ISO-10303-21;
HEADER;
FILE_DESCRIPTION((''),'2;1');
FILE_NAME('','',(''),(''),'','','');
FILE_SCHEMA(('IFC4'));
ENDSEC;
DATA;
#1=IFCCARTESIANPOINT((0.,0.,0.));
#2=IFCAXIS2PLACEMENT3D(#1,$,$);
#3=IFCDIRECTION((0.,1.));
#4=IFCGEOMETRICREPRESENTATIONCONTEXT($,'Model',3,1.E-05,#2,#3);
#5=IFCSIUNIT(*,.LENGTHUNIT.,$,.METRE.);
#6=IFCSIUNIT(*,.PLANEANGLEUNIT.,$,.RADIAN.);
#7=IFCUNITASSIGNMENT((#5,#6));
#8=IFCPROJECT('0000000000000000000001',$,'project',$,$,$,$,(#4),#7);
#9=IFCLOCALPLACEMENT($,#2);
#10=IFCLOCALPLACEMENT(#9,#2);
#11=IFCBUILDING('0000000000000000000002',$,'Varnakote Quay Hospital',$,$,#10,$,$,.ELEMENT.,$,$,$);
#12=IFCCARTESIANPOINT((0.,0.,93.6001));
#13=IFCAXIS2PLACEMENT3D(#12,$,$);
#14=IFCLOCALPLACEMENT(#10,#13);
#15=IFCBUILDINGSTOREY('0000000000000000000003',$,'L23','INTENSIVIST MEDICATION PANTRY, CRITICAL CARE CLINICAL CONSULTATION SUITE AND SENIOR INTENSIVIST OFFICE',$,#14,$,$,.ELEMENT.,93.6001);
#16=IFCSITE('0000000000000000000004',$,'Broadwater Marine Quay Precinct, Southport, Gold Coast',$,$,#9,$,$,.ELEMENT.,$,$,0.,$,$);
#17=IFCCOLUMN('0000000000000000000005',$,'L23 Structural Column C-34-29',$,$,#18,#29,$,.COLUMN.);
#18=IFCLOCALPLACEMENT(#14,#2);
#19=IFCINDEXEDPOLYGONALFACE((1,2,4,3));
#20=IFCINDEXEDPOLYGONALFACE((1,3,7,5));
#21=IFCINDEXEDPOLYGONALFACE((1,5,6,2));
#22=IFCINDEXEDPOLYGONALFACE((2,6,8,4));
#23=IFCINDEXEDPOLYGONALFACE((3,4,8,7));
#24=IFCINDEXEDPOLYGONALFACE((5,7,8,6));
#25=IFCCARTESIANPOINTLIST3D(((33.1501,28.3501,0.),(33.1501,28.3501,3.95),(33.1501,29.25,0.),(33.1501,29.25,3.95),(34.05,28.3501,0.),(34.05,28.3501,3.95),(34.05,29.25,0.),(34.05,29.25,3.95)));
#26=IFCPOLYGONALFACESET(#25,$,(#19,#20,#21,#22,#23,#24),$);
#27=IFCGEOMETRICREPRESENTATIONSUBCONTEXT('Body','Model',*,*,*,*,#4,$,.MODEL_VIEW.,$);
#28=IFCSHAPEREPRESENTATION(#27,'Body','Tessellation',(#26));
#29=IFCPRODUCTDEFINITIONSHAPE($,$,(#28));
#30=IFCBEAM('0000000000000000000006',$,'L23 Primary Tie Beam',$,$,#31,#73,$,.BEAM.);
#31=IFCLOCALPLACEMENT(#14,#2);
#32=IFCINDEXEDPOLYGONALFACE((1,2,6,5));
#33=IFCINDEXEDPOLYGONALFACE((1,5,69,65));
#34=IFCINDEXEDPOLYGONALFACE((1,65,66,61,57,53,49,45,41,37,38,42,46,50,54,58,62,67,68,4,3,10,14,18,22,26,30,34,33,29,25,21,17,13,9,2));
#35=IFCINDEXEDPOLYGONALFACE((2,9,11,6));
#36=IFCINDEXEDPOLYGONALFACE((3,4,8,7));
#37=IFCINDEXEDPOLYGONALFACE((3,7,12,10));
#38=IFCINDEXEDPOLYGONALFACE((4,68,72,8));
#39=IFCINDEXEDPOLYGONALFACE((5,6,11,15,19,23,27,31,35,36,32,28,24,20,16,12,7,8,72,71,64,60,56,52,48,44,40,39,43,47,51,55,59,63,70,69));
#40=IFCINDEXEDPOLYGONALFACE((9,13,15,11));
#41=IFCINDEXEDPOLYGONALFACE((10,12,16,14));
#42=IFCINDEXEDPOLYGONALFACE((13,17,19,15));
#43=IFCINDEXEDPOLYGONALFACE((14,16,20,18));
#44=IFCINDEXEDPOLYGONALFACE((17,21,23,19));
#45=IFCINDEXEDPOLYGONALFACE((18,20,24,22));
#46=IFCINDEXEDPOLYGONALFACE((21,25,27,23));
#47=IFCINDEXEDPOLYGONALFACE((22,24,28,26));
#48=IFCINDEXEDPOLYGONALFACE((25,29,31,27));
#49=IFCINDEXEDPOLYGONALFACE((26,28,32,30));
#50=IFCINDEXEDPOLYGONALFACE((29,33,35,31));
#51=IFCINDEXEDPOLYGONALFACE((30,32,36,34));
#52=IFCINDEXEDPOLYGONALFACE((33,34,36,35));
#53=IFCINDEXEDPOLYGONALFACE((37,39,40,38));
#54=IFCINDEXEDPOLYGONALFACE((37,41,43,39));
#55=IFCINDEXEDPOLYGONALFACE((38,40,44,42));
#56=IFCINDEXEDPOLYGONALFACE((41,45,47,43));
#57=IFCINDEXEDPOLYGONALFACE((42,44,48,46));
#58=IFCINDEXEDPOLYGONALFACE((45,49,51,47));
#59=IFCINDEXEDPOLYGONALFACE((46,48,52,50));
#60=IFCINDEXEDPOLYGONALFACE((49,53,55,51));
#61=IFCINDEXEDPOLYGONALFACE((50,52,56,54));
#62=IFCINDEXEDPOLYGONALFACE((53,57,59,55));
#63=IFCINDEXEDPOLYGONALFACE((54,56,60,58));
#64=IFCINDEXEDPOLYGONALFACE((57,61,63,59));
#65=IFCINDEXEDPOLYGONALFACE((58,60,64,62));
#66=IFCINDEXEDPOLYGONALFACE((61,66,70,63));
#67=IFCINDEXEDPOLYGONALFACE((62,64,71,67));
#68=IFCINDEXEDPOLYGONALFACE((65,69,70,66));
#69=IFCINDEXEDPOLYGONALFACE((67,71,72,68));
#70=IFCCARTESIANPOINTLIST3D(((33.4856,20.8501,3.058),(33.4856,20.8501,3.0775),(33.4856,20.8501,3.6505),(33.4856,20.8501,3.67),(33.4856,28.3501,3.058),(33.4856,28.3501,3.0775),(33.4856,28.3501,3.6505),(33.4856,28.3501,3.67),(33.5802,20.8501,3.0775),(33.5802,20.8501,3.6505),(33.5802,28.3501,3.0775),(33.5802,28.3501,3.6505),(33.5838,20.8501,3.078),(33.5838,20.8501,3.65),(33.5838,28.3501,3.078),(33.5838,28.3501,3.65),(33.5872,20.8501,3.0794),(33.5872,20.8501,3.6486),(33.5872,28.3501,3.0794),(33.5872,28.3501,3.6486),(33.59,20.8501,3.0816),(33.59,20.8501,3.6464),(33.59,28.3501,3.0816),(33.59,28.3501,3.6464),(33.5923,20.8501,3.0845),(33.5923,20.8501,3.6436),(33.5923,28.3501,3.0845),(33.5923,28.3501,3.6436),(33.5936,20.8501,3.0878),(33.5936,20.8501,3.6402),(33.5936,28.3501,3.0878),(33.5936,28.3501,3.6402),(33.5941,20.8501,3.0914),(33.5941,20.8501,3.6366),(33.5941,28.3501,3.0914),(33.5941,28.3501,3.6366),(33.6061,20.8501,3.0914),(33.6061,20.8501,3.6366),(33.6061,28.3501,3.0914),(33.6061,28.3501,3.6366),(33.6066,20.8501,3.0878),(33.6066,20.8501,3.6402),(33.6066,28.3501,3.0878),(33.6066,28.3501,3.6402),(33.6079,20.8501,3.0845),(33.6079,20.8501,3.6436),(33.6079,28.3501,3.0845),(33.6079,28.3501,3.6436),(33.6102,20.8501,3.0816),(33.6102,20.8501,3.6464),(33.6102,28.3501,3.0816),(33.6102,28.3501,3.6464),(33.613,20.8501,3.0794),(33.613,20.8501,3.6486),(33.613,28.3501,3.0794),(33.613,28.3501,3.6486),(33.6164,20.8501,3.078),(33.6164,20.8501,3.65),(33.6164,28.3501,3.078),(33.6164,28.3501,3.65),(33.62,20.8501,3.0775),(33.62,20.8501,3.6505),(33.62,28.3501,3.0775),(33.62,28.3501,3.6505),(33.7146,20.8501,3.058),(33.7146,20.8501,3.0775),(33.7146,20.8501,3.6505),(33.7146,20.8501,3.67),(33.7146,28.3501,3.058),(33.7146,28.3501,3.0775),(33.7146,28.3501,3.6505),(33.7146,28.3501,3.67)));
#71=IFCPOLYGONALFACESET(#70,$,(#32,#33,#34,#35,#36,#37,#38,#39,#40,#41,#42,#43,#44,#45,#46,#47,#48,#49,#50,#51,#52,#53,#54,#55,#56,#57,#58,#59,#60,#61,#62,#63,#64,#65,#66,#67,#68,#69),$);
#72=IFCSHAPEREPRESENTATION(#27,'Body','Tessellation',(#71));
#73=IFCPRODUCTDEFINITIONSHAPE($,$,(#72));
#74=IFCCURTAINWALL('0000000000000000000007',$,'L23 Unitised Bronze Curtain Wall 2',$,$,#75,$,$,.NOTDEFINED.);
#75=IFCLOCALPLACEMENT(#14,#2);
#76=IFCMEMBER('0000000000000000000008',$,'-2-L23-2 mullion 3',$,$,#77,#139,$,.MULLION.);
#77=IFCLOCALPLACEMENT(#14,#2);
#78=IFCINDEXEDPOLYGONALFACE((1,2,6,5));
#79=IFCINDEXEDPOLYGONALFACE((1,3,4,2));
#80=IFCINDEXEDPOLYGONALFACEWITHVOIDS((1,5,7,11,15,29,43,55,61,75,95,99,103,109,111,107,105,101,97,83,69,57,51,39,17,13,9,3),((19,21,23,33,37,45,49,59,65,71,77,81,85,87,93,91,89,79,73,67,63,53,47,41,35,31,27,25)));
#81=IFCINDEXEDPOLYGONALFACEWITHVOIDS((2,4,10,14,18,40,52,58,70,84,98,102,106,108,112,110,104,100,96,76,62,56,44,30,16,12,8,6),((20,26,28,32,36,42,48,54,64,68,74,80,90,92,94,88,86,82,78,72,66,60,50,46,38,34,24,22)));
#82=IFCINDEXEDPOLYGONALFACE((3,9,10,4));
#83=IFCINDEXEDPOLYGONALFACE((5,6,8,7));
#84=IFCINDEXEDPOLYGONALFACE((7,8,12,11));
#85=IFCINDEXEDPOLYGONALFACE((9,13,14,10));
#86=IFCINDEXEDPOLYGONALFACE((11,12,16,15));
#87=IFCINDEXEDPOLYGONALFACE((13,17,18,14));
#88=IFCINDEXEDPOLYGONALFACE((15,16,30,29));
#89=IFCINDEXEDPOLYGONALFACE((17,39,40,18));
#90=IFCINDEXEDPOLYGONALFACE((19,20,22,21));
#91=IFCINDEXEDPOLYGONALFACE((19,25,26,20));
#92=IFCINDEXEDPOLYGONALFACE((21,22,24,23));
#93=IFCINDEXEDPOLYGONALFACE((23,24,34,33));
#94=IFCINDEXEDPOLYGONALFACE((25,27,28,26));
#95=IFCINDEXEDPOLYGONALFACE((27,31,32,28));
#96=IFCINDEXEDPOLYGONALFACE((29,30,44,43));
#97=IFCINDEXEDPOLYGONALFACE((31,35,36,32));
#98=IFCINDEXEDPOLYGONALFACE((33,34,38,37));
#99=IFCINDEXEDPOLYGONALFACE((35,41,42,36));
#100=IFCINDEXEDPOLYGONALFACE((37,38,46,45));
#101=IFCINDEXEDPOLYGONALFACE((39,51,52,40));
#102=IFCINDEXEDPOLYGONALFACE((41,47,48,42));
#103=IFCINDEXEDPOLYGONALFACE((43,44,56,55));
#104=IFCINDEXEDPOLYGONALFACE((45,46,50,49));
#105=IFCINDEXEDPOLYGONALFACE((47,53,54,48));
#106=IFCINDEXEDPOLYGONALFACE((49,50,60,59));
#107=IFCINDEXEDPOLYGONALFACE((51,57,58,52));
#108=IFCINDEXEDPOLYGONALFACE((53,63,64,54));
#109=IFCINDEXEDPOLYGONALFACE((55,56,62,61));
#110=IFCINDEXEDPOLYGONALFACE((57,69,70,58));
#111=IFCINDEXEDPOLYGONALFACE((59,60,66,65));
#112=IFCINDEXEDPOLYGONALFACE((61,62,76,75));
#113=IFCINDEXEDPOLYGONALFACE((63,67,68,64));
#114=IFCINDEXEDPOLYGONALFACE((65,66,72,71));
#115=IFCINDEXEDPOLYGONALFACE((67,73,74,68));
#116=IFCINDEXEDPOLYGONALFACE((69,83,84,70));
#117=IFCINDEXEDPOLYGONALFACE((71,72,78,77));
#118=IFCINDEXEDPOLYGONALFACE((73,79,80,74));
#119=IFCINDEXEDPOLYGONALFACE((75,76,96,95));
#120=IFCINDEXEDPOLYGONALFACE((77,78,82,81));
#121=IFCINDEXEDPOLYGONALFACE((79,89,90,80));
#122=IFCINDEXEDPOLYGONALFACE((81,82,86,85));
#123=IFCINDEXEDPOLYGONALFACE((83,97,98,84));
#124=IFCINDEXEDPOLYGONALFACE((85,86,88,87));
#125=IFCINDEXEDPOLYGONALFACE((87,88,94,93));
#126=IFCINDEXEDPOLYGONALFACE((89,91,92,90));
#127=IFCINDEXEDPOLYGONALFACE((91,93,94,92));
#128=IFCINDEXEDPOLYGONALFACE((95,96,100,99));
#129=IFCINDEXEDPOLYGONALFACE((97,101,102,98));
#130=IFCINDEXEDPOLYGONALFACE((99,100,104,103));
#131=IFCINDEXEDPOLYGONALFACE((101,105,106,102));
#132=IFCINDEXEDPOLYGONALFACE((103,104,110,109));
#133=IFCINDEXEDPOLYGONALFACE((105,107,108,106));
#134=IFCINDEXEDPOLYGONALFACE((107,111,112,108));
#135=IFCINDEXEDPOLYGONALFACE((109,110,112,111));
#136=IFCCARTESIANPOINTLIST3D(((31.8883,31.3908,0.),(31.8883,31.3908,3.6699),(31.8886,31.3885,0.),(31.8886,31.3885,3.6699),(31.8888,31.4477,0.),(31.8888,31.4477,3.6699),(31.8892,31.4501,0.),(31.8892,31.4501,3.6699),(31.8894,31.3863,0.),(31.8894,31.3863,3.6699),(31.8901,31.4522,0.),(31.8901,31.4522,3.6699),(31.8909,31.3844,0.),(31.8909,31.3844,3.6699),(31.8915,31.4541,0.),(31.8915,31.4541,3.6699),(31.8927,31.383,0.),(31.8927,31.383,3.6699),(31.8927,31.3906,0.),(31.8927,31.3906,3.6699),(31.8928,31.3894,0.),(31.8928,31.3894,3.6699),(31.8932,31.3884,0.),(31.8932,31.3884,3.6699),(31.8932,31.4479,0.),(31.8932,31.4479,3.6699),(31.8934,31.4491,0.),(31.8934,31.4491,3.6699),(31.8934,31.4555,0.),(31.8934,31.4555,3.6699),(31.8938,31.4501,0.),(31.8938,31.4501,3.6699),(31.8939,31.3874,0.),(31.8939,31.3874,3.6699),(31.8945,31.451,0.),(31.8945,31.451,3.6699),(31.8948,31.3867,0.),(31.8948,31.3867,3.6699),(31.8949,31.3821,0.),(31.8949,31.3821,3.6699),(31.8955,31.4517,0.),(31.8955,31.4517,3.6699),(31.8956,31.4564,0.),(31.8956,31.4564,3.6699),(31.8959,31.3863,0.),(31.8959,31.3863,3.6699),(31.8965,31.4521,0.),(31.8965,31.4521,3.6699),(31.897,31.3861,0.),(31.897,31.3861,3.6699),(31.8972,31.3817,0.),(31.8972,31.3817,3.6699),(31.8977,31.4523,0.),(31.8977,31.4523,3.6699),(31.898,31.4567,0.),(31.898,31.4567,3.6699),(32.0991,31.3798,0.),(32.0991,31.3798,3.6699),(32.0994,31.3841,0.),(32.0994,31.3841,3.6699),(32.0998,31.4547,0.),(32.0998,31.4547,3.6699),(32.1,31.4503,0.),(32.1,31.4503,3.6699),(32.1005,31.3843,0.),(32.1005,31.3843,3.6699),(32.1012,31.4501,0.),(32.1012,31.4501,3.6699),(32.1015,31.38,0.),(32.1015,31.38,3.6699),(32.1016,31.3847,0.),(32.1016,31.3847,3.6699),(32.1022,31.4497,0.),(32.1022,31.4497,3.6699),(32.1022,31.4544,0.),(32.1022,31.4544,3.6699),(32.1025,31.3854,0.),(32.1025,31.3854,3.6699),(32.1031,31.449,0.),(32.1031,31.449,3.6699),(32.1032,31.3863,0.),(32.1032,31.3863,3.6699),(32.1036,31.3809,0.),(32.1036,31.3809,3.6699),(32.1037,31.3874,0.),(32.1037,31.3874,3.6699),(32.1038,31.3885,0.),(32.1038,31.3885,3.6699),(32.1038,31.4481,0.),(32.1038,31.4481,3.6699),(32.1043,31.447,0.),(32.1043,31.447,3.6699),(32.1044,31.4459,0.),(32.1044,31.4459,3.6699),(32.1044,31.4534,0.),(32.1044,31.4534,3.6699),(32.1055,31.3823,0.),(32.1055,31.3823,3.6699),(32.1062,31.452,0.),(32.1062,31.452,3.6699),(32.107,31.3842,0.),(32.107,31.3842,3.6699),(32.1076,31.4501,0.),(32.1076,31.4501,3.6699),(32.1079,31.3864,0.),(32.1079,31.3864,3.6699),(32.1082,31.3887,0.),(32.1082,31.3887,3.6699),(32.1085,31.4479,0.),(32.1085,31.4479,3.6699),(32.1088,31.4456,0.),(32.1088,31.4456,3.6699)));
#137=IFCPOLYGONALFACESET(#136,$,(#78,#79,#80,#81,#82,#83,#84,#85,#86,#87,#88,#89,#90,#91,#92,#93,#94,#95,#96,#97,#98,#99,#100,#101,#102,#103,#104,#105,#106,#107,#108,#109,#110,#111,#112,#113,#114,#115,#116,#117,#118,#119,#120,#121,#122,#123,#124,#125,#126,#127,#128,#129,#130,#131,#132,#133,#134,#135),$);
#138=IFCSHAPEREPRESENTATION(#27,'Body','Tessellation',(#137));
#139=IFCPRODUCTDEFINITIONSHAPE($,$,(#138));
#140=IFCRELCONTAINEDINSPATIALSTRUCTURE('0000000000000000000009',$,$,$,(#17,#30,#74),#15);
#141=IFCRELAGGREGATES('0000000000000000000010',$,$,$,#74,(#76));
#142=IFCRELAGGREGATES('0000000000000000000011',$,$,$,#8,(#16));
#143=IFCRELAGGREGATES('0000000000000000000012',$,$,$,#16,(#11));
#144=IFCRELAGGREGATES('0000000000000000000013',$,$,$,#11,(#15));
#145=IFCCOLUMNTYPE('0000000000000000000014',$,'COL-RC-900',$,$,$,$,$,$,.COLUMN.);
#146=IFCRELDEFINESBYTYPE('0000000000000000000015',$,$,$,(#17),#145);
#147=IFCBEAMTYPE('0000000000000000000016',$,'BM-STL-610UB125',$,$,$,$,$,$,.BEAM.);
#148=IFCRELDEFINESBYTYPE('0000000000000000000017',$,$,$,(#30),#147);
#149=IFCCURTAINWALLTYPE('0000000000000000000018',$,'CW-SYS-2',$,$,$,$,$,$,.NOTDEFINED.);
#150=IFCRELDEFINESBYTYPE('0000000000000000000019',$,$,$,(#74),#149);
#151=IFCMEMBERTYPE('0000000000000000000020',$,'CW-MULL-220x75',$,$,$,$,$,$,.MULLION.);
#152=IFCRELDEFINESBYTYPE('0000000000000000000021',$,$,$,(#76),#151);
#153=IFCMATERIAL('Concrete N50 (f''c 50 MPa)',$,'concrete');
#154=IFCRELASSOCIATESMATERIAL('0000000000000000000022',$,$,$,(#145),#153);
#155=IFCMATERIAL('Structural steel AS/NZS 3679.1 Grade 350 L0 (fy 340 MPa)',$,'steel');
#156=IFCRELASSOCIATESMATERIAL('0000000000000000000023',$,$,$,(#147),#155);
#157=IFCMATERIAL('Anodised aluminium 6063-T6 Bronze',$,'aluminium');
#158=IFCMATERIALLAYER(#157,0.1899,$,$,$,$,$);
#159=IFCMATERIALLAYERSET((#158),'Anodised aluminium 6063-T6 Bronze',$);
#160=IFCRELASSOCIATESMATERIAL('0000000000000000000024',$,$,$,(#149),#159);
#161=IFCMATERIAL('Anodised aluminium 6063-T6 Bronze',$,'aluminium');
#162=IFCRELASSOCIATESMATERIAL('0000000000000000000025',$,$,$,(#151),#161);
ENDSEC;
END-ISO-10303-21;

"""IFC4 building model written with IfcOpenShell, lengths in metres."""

from ifc_helpers import new_model, si_unit, direction, frame, origin, origin_2d, place, context, subcontext, project, spatial, rectangle, hollow_rectangle, i_section, extrude, material, layer, layer_set, material_profile, profile_set, type_object, element, aggregate, save


model = new_model("IFC4")

# Units and contexts
model_context = context("Model", 3, precision=1e-05, world=origin(), true_north=direction((0.0, 1.0)))
body_context = subcontext(model_context, "Body", "Model", "MODEL_VIEW")
ifc_project = project(units=[si_unit("LENGTHUNIT", "METRE"), si_unit("PLANEANGLEUNIT", "RADIAN")], contexts=[model_context])

# Site, building, storey
site_placement = place(None, origin())
site = spatial("IfcSite", under=ifc_project, at=site_placement, Name="Broadwater Marine Quay Precinct, Southport, Gold Coast", CompositionType="ELEMENT", RefElevation=0.0)
building_placement = place(site_placement, origin())
building = spatial("IfcBuilding", under=site, at=building_placement, Name="Varnakote Quay Hospital", CompositionType="ELEMENT")
storey_placement = place(building_placement, frame((0.0, 0.0, 93.6001)))
storey = spatial("IfcBuildingStorey", under=building, at=storey_placement, Name="L23", Description="INTENSIVIST MEDICATION PANTRY, CRITICAL CARE CLINICAL CONSULTATION SUITE AND SENIOR INTENSIVIST OFFICE", CompositionType="ELEMENT", Elevation=93.6001)

# Column
ifc_material_1 = material(Name="Concrete N50 (f'c 50 MPa)", Category="concrete")
ifc_material_profile_1 = material_profile(ifc_material_1, rectangle(XDim=0.8999, YDim=0.8999, at=origin_2d()), Name="RC-COL-900x900")
ifc_profile_set_1 = profile_set([ifc_material_profile_1], Name="Concrete N50 (f'c 50 MPa)")
column_type = type_object("IfcColumnType", Name="COL-RC-900", PredefinedType="COLUMN", material=ifc_profile_set_1)
column_placement = place(storey_placement, frame((33.6001, 28.8, 0.0), z_axis=(0.0, 0.0, 1.0), x_axis=(1.0, 0.0, 0.0)))
element("IfcColumn", 1, at=column_placement, inside=storey, type_object=column_type, Name="L23 Structural Column C-34-29", PredefinedType="COLUMN", context=body_context, shape_type="SweptSolid", body=[
    extrude(rectangle(XDim=0.8999, YDim=0.8999, at=origin_2d()), origin(), (0.0, 0.0, 1.0), 3.95),
])

# Beam
ifc_material_2 = material(Name="Structural steel AS/NZS 3679.1 Grade 350 L0 (fy 340 MPa)", Category="steel")
ifc_material_profile_2 = material_profile(ifc_material_2, i_section(OverallWidth=0.229, OverallDepth=0.6121, WebThickness=0.012, FlangeThickness=0.0195, FilletRadius=0.0139, at=origin_2d()), Name="610UB125")
ifc_profile_set_2 = profile_set([ifc_material_profile_2], Name="Structural steel AS/NZS 3679.1 Grade 350 L0 (fy 340 MPa)")
beam_type_1 = type_object("IfcBeamType", Name="BM-STL-610UB125", PredefinedType="BEAM", material=ifc_profile_set_2)
beam_1_placement = place(storey_placement, frame((33.6001, 20.8501, 3.364), z_axis=(0.0, 1.0, 0.0), x_axis=(-1.0, 0.0, 0.0)))
element("IfcBeam", 2, at=beam_1_placement, inside=storey, type_object=beam_type_1, Name="L23 Primary Tie Beam", PredefinedType="BEAM", context=body_context, shape_type="SweptSolid", body=[
    extrude(i_section(OverallWidth=0.229, OverallDepth=0.6121, WebThickness=0.012, FlangeThickness=0.0195, FilletRadius=0.0139, at=origin_2d()), origin(), (0.0, 0.0, 1.0), 7.5),
])

# Curtain wall, member
ifc_material_3 = material(Name="Anodised aluminium 6063-T6 Bronze", Category="aluminium")
ifc_layer_1 = layer(ifc_material_3, 0.1899)
ifc_layer_set_1 = layer_set([ifc_layer_1], Name="Anodised aluminium 6063-T6 Bronze")
curtain_wall_type = type_object("IfcCurtainWallType", Name="CW-SYS-2", PredefinedType="NOTDEFINED", material=ifc_layer_set_1)
curtain_wall_placement = place(storey_placement, origin())
curtain_wall = element("IfcCurtainWall", 3, at=curtain_wall_placement, inside=storey, type_object=curtain_wall_type, Name="L23 Unitised Bronze Curtain Wall 2", PredefinedType="NOTDEFINED")
ifc_material_4 = material(Name="Anodised aluminium 6063-T6 Bronze", Category="aluminium")
ifc_material_profile_3 = material_profile(ifc_material_4, hollow_rectangle(XDim=0.075, YDim=0.22, WallThickness=0.0044, InnerFilletRadius=0.0044, OuterFilletRadius=0.009, at=origin_2d()), Name="CW-MULL-220x75")
ifc_profile_set_3 = profile_set([ifc_material_profile_3], Name="Anodised aluminium 6063-T6 Bronze")
member_type_1 = type_object("IfcMemberType", Name="CW-MULL-220x75", PredefinedType="MULLION", material=ifc_profile_set_3)
member_1_placement = place(storey_placement, frame((31.9985, 31.4182, 0.0), z_axis=(0.0, 0.0, 1.0), x_axis=(-0.009774, -0.999952, 0.0)))
member_1 = element("IfcMember", 4, at=member_1_placement, type_object=member_type_1, Name="-2-L23-2 mullion 3", PredefinedType="MULLION", context=body_context, shape_type="SweptSolid", body=[
    extrude(hollow_rectangle(XDim=0.075, YDim=0.22, WallThickness=0.0044, InnerFilletRadius=0.0044, OuterFilletRadius=0.009, at=origin_2d()), origin(), (0.0, 0.0, 1.0), 3.6699),
])

aggregate(curtain_wall, [member_1])

save(model, "model.ifc")
